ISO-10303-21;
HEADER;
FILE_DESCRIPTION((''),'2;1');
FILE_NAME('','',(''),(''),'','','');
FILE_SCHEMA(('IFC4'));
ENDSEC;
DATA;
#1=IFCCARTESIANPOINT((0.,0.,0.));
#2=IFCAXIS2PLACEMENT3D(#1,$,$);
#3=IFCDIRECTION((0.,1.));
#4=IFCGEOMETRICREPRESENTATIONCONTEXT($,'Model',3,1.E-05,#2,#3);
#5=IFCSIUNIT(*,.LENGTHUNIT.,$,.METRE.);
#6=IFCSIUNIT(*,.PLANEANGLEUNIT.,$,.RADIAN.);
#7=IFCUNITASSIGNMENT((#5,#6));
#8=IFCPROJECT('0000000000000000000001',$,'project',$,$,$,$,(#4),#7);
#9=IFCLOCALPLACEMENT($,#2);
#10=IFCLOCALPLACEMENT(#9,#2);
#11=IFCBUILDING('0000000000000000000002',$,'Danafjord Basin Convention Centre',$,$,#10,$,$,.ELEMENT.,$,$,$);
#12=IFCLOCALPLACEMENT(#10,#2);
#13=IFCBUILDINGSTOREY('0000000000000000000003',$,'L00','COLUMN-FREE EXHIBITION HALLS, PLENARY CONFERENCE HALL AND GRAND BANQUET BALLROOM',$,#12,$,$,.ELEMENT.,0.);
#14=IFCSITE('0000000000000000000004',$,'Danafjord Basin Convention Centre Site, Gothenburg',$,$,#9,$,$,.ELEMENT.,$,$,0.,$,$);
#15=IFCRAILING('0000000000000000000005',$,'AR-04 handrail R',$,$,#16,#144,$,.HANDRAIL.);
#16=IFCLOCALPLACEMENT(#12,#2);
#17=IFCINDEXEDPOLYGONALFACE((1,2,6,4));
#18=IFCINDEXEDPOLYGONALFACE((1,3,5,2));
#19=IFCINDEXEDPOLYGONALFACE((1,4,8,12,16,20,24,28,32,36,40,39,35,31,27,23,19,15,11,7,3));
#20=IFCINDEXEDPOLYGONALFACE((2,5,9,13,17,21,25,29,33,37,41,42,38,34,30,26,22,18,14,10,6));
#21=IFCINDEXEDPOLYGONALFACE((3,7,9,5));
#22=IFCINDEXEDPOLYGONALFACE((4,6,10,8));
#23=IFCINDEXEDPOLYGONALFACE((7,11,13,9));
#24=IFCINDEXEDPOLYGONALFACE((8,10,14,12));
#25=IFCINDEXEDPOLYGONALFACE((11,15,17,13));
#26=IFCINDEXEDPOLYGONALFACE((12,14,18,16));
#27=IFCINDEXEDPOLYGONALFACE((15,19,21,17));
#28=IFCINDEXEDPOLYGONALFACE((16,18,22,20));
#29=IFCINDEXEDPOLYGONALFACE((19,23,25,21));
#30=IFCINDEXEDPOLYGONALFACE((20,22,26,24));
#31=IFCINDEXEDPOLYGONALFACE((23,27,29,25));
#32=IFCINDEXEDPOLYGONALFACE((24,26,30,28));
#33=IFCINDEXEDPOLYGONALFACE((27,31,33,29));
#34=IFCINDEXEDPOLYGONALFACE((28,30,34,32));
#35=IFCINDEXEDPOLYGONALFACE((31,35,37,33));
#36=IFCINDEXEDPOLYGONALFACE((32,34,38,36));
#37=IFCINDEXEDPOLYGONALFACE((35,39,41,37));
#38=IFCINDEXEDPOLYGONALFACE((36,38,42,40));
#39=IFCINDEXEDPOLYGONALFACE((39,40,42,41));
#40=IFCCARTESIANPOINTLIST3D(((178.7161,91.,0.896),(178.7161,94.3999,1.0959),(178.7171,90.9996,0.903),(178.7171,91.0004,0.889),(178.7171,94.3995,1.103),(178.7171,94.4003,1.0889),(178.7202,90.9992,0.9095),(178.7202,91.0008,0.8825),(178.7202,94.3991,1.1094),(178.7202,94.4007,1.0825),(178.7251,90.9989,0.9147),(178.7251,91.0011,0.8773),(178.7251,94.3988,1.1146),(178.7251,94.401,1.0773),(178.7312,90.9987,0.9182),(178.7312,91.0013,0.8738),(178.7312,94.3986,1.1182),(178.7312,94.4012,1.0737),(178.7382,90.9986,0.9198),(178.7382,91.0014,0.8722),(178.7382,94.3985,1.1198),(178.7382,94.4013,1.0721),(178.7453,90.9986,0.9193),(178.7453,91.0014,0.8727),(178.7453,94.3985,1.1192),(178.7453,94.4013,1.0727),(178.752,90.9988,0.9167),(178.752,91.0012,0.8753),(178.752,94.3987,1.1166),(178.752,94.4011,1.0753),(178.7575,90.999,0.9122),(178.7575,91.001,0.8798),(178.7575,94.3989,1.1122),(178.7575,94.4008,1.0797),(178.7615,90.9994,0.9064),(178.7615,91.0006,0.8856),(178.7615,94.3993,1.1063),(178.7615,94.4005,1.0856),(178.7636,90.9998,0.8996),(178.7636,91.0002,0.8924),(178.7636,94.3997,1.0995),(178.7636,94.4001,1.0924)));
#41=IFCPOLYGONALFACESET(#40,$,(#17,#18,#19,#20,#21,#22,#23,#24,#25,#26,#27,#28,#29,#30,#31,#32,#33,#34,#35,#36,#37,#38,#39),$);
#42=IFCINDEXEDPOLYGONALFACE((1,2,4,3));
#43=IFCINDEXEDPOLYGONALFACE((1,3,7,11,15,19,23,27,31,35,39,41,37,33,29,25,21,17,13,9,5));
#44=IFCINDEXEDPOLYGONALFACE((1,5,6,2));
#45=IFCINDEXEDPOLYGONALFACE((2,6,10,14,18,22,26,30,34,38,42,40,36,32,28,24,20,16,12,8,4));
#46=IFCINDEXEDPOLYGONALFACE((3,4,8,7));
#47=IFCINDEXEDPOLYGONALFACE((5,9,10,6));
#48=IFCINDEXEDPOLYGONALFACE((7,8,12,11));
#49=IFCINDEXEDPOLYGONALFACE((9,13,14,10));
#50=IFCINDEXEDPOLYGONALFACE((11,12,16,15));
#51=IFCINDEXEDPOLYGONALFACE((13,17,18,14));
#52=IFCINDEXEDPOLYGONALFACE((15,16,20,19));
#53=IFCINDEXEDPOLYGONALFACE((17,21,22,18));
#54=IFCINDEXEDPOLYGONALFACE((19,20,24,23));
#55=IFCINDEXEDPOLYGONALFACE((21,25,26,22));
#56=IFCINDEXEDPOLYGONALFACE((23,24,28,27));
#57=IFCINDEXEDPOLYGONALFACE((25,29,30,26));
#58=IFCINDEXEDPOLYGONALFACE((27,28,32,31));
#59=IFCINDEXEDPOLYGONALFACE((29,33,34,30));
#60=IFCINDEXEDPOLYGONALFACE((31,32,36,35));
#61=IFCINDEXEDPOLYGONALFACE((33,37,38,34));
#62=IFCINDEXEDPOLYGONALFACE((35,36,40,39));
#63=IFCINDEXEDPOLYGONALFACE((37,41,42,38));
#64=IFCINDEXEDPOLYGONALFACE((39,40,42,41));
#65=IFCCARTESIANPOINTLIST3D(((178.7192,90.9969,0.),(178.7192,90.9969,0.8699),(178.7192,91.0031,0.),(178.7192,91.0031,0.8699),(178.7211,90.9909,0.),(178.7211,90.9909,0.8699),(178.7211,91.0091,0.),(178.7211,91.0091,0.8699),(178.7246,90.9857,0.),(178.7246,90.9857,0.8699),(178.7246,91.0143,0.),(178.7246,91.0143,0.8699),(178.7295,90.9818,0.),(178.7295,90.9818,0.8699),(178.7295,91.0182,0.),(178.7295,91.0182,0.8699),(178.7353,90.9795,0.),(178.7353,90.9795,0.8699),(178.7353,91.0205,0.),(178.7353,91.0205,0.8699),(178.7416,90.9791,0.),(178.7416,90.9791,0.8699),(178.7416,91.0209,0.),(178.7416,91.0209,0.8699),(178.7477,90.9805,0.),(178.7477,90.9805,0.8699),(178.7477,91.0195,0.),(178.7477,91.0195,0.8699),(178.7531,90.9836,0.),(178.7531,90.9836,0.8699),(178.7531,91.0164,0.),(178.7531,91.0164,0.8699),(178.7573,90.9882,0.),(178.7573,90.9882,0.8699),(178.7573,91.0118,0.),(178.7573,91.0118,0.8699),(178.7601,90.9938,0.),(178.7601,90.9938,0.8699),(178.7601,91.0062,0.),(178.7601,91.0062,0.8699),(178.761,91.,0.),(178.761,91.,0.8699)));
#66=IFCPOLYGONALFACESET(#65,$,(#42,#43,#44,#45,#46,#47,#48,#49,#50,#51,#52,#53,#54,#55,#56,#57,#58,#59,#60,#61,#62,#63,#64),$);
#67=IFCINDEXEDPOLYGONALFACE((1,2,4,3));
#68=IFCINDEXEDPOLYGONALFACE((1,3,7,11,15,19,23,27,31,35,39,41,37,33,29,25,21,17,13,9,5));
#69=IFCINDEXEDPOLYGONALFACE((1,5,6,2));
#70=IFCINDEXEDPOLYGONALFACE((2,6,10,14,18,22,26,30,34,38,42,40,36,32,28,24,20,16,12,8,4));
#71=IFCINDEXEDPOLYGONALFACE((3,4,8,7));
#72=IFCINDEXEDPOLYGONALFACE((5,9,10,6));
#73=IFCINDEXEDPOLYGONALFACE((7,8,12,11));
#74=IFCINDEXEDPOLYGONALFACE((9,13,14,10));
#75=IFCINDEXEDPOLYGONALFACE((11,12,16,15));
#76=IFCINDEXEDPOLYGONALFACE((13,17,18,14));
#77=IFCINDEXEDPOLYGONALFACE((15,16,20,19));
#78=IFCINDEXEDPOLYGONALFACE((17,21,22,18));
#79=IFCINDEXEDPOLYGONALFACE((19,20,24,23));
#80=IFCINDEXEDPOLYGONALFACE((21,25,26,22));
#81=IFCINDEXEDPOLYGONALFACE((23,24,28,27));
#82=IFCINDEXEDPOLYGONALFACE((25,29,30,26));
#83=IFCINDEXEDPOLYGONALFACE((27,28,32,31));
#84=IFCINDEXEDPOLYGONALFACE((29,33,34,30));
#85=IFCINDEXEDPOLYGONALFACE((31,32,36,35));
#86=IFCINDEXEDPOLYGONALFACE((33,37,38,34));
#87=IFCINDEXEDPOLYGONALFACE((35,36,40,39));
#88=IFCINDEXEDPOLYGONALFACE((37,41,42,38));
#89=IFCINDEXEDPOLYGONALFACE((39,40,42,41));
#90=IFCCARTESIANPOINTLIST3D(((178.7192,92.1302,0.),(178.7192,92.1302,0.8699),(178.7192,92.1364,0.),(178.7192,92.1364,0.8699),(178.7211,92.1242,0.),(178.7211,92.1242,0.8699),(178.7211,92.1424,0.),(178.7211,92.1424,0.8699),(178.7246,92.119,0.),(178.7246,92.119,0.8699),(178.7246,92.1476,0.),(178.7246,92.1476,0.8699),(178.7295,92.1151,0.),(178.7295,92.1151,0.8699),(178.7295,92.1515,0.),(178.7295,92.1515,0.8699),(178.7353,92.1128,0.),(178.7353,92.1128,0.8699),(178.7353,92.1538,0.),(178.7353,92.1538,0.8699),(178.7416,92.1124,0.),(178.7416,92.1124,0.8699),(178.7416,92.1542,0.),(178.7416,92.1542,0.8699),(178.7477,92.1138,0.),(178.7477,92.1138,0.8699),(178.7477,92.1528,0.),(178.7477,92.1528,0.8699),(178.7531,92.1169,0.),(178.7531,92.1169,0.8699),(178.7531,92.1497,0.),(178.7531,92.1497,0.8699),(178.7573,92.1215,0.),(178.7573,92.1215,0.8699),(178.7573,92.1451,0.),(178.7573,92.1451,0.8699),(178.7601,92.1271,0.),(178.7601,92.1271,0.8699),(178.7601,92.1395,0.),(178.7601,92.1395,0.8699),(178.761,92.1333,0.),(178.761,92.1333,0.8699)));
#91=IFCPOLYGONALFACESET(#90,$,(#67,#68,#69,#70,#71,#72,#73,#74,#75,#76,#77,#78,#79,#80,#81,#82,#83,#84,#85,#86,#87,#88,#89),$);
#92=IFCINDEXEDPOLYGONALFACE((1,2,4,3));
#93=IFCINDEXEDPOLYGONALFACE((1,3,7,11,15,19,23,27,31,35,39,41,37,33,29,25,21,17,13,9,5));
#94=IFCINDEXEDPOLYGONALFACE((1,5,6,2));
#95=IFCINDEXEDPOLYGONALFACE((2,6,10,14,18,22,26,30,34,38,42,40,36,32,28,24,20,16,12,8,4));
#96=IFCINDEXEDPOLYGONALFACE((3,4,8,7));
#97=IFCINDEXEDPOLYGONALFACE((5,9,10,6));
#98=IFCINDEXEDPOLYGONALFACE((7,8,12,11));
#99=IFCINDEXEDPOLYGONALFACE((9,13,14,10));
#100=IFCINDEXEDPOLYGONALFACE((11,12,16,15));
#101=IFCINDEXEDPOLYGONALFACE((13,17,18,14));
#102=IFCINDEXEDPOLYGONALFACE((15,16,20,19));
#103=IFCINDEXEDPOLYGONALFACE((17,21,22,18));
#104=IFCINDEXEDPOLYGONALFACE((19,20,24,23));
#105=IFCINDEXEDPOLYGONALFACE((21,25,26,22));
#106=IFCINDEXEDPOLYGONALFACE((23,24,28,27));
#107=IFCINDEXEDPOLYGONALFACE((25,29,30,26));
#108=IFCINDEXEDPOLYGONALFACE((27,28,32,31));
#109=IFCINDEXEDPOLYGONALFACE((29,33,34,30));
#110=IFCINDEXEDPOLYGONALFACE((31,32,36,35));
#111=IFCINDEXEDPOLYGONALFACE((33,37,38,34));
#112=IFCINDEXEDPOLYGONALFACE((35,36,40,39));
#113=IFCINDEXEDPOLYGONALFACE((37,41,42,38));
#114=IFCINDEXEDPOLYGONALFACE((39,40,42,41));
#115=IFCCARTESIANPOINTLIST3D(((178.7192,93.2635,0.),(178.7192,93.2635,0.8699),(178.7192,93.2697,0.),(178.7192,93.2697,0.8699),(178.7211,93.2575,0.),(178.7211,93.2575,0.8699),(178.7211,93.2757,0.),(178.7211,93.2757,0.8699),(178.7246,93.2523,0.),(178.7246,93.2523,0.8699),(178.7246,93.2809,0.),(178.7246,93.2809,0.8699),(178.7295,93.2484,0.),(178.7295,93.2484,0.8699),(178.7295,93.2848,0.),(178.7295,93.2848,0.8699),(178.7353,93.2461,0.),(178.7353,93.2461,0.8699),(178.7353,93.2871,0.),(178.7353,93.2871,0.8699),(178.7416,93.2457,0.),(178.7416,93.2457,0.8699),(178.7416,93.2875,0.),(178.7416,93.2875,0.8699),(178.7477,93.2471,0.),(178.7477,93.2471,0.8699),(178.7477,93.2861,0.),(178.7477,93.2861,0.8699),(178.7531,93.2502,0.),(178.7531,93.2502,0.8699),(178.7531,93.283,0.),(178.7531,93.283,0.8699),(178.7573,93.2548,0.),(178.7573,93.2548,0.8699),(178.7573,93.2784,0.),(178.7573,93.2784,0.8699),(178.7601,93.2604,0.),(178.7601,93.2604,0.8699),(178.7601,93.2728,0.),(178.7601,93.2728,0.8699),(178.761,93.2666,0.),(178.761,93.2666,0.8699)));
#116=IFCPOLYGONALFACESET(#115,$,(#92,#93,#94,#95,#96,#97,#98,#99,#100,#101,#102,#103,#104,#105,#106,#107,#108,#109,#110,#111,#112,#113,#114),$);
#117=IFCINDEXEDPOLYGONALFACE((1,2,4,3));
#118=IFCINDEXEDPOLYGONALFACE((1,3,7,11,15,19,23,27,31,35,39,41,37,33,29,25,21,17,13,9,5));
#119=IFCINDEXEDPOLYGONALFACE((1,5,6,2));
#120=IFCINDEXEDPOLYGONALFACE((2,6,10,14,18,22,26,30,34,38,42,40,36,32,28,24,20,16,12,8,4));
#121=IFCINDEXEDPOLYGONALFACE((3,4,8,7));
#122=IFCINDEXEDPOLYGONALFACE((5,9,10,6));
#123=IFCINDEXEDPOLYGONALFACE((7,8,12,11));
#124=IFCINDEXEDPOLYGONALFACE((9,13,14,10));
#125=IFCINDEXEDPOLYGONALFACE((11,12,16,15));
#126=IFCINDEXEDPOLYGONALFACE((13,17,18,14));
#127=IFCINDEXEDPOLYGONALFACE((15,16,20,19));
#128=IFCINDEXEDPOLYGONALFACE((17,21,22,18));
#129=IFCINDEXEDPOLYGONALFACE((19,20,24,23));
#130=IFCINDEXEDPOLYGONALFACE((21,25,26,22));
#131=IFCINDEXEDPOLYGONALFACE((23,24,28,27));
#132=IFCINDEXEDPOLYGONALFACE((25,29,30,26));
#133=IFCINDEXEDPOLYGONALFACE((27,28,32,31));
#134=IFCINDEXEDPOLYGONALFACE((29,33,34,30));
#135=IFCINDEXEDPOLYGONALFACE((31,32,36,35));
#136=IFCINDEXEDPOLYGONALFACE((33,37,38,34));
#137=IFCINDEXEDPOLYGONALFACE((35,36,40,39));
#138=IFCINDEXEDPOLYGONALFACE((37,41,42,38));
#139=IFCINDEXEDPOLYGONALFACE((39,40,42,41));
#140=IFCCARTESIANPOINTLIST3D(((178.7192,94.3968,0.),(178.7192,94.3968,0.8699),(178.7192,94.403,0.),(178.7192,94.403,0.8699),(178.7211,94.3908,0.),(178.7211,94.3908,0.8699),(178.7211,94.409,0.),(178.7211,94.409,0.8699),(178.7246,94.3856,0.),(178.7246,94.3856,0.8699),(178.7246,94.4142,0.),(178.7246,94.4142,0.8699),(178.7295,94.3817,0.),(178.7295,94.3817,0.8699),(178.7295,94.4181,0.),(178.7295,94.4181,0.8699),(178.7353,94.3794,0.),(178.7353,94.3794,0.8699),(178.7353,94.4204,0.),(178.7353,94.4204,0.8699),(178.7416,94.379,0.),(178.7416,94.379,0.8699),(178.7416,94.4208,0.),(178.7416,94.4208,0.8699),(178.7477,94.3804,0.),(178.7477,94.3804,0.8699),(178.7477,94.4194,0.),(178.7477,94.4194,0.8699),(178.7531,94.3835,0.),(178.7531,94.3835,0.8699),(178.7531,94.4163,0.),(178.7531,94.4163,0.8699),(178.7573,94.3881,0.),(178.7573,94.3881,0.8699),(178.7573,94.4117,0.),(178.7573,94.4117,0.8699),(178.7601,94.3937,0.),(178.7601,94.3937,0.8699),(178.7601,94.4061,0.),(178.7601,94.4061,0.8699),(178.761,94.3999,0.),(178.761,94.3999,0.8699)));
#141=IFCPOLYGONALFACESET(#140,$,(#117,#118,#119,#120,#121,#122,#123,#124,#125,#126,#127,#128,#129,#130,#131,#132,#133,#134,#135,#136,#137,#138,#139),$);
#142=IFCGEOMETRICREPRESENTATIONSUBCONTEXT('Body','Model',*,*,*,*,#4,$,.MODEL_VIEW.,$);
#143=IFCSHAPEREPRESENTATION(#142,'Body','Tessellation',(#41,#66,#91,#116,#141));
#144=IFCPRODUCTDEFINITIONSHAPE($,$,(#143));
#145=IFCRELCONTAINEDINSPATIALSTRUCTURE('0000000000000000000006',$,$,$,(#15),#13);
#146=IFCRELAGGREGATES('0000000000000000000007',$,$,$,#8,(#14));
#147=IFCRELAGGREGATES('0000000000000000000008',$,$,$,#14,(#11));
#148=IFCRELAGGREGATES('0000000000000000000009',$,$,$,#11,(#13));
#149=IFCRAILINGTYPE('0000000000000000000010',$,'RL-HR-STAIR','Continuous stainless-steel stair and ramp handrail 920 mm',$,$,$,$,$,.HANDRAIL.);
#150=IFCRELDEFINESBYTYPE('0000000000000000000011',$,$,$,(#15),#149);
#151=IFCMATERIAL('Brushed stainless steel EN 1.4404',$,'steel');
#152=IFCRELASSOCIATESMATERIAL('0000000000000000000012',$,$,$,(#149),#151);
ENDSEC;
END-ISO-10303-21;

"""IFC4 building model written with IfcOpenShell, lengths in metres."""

from ifc_helpers import new_model, si_unit, direction, frame, origin, origin_2d, place, context, subcontext, project, spatial, circle, extrude, material, type_object, element, save


model = new_model("IFC4")

# Units and contexts
model_context = context("Model", 3, precision=1e-05, world=origin(), true_north=direction((0.0, 1.0)))
body_context = subcontext(model_context, "Body", "Model", "MODEL_VIEW")
ifc_project = project(units=[si_unit("LENGTHUNIT", "METRE"), si_unit("PLANEANGLEUNIT", "RADIAN")], contexts=[model_context])

# Site, building, storey
site_placement = place(None, origin())
site = spatial("IfcSite", under=ifc_project, at=site_placement, Name="Danafjord Basin Convention Centre Site, Gothenburg", CompositionType="ELEMENT", RefElevation=0.0)
building_placement = place(site_placement, origin())
building = spatial("IfcBuilding", under=site, at=building_placement, Name="Danafjord Basin Convention Centre", CompositionType="ELEMENT")
storey_placement = place(building_placement, origin())
storey = spatial("IfcBuildingStorey", under=building, at=storey_placement, Name="L00", Description="COLUMN-FREE EXHIBITION HALLS, PLENARY CONFERENCE HALL AND GRAND BANQUET BALLROOM", CompositionType="ELEMENT", Elevation=0.0)

# Railing
ifc_material_1 = material(Name="Brushed stainless steel EN 1.4404", Category="steel")
railing_type = type_object("IfcRailingType", Name="RL-HR-STAIR", Description="Continuous stainless-steel stair and ramp handrail 920 mm", PredefinedType="HANDRAIL", material=ifc_material_1)
for number, where, name in (
    (1, (178.74, 91.0, 0.0), "AR-04 handrail R"),
):
    element("IfcRailing", number, at=place(storey_placement, frame(where)), inside=storey, type_object=railing_type, Name=name, PredefinedType="HANDRAIL", context=body_context, shape_type="SweptSolid", body=[
        extrude(circle(Radius=0.0239, at=origin_2d()), frame((0.0, 0.0, 0.896), z_axis=(0.0, 0.998275, 0.058709), x_axis=(-1.0, 0.0, 0.0)), (0.0, 0.0, 1.0), 3.4058),
        extrude(circle(Radius=0.021, at=origin_2d()), origin(), (0.0, 0.0, 1.0), 0.8699),
        extrude(circle(Radius=0.021, at=origin_2d()), frame((0.0, 1.1333, 0.0)), (0.0, 0.0, 1.0), 0.8699),
        extrude(circle(Radius=0.021, at=origin_2d()), frame((0.0, 2.2666, 0.0)), (0.0, 0.0, 1.0), 0.8699),
        extrude(circle(Radius=0.021, at=origin_2d()), frame((0.0, 3.3999, 0.0)), (0.0, 0.0, 1.0), 0.8699),
    ])

save(model, "model.ifc")
